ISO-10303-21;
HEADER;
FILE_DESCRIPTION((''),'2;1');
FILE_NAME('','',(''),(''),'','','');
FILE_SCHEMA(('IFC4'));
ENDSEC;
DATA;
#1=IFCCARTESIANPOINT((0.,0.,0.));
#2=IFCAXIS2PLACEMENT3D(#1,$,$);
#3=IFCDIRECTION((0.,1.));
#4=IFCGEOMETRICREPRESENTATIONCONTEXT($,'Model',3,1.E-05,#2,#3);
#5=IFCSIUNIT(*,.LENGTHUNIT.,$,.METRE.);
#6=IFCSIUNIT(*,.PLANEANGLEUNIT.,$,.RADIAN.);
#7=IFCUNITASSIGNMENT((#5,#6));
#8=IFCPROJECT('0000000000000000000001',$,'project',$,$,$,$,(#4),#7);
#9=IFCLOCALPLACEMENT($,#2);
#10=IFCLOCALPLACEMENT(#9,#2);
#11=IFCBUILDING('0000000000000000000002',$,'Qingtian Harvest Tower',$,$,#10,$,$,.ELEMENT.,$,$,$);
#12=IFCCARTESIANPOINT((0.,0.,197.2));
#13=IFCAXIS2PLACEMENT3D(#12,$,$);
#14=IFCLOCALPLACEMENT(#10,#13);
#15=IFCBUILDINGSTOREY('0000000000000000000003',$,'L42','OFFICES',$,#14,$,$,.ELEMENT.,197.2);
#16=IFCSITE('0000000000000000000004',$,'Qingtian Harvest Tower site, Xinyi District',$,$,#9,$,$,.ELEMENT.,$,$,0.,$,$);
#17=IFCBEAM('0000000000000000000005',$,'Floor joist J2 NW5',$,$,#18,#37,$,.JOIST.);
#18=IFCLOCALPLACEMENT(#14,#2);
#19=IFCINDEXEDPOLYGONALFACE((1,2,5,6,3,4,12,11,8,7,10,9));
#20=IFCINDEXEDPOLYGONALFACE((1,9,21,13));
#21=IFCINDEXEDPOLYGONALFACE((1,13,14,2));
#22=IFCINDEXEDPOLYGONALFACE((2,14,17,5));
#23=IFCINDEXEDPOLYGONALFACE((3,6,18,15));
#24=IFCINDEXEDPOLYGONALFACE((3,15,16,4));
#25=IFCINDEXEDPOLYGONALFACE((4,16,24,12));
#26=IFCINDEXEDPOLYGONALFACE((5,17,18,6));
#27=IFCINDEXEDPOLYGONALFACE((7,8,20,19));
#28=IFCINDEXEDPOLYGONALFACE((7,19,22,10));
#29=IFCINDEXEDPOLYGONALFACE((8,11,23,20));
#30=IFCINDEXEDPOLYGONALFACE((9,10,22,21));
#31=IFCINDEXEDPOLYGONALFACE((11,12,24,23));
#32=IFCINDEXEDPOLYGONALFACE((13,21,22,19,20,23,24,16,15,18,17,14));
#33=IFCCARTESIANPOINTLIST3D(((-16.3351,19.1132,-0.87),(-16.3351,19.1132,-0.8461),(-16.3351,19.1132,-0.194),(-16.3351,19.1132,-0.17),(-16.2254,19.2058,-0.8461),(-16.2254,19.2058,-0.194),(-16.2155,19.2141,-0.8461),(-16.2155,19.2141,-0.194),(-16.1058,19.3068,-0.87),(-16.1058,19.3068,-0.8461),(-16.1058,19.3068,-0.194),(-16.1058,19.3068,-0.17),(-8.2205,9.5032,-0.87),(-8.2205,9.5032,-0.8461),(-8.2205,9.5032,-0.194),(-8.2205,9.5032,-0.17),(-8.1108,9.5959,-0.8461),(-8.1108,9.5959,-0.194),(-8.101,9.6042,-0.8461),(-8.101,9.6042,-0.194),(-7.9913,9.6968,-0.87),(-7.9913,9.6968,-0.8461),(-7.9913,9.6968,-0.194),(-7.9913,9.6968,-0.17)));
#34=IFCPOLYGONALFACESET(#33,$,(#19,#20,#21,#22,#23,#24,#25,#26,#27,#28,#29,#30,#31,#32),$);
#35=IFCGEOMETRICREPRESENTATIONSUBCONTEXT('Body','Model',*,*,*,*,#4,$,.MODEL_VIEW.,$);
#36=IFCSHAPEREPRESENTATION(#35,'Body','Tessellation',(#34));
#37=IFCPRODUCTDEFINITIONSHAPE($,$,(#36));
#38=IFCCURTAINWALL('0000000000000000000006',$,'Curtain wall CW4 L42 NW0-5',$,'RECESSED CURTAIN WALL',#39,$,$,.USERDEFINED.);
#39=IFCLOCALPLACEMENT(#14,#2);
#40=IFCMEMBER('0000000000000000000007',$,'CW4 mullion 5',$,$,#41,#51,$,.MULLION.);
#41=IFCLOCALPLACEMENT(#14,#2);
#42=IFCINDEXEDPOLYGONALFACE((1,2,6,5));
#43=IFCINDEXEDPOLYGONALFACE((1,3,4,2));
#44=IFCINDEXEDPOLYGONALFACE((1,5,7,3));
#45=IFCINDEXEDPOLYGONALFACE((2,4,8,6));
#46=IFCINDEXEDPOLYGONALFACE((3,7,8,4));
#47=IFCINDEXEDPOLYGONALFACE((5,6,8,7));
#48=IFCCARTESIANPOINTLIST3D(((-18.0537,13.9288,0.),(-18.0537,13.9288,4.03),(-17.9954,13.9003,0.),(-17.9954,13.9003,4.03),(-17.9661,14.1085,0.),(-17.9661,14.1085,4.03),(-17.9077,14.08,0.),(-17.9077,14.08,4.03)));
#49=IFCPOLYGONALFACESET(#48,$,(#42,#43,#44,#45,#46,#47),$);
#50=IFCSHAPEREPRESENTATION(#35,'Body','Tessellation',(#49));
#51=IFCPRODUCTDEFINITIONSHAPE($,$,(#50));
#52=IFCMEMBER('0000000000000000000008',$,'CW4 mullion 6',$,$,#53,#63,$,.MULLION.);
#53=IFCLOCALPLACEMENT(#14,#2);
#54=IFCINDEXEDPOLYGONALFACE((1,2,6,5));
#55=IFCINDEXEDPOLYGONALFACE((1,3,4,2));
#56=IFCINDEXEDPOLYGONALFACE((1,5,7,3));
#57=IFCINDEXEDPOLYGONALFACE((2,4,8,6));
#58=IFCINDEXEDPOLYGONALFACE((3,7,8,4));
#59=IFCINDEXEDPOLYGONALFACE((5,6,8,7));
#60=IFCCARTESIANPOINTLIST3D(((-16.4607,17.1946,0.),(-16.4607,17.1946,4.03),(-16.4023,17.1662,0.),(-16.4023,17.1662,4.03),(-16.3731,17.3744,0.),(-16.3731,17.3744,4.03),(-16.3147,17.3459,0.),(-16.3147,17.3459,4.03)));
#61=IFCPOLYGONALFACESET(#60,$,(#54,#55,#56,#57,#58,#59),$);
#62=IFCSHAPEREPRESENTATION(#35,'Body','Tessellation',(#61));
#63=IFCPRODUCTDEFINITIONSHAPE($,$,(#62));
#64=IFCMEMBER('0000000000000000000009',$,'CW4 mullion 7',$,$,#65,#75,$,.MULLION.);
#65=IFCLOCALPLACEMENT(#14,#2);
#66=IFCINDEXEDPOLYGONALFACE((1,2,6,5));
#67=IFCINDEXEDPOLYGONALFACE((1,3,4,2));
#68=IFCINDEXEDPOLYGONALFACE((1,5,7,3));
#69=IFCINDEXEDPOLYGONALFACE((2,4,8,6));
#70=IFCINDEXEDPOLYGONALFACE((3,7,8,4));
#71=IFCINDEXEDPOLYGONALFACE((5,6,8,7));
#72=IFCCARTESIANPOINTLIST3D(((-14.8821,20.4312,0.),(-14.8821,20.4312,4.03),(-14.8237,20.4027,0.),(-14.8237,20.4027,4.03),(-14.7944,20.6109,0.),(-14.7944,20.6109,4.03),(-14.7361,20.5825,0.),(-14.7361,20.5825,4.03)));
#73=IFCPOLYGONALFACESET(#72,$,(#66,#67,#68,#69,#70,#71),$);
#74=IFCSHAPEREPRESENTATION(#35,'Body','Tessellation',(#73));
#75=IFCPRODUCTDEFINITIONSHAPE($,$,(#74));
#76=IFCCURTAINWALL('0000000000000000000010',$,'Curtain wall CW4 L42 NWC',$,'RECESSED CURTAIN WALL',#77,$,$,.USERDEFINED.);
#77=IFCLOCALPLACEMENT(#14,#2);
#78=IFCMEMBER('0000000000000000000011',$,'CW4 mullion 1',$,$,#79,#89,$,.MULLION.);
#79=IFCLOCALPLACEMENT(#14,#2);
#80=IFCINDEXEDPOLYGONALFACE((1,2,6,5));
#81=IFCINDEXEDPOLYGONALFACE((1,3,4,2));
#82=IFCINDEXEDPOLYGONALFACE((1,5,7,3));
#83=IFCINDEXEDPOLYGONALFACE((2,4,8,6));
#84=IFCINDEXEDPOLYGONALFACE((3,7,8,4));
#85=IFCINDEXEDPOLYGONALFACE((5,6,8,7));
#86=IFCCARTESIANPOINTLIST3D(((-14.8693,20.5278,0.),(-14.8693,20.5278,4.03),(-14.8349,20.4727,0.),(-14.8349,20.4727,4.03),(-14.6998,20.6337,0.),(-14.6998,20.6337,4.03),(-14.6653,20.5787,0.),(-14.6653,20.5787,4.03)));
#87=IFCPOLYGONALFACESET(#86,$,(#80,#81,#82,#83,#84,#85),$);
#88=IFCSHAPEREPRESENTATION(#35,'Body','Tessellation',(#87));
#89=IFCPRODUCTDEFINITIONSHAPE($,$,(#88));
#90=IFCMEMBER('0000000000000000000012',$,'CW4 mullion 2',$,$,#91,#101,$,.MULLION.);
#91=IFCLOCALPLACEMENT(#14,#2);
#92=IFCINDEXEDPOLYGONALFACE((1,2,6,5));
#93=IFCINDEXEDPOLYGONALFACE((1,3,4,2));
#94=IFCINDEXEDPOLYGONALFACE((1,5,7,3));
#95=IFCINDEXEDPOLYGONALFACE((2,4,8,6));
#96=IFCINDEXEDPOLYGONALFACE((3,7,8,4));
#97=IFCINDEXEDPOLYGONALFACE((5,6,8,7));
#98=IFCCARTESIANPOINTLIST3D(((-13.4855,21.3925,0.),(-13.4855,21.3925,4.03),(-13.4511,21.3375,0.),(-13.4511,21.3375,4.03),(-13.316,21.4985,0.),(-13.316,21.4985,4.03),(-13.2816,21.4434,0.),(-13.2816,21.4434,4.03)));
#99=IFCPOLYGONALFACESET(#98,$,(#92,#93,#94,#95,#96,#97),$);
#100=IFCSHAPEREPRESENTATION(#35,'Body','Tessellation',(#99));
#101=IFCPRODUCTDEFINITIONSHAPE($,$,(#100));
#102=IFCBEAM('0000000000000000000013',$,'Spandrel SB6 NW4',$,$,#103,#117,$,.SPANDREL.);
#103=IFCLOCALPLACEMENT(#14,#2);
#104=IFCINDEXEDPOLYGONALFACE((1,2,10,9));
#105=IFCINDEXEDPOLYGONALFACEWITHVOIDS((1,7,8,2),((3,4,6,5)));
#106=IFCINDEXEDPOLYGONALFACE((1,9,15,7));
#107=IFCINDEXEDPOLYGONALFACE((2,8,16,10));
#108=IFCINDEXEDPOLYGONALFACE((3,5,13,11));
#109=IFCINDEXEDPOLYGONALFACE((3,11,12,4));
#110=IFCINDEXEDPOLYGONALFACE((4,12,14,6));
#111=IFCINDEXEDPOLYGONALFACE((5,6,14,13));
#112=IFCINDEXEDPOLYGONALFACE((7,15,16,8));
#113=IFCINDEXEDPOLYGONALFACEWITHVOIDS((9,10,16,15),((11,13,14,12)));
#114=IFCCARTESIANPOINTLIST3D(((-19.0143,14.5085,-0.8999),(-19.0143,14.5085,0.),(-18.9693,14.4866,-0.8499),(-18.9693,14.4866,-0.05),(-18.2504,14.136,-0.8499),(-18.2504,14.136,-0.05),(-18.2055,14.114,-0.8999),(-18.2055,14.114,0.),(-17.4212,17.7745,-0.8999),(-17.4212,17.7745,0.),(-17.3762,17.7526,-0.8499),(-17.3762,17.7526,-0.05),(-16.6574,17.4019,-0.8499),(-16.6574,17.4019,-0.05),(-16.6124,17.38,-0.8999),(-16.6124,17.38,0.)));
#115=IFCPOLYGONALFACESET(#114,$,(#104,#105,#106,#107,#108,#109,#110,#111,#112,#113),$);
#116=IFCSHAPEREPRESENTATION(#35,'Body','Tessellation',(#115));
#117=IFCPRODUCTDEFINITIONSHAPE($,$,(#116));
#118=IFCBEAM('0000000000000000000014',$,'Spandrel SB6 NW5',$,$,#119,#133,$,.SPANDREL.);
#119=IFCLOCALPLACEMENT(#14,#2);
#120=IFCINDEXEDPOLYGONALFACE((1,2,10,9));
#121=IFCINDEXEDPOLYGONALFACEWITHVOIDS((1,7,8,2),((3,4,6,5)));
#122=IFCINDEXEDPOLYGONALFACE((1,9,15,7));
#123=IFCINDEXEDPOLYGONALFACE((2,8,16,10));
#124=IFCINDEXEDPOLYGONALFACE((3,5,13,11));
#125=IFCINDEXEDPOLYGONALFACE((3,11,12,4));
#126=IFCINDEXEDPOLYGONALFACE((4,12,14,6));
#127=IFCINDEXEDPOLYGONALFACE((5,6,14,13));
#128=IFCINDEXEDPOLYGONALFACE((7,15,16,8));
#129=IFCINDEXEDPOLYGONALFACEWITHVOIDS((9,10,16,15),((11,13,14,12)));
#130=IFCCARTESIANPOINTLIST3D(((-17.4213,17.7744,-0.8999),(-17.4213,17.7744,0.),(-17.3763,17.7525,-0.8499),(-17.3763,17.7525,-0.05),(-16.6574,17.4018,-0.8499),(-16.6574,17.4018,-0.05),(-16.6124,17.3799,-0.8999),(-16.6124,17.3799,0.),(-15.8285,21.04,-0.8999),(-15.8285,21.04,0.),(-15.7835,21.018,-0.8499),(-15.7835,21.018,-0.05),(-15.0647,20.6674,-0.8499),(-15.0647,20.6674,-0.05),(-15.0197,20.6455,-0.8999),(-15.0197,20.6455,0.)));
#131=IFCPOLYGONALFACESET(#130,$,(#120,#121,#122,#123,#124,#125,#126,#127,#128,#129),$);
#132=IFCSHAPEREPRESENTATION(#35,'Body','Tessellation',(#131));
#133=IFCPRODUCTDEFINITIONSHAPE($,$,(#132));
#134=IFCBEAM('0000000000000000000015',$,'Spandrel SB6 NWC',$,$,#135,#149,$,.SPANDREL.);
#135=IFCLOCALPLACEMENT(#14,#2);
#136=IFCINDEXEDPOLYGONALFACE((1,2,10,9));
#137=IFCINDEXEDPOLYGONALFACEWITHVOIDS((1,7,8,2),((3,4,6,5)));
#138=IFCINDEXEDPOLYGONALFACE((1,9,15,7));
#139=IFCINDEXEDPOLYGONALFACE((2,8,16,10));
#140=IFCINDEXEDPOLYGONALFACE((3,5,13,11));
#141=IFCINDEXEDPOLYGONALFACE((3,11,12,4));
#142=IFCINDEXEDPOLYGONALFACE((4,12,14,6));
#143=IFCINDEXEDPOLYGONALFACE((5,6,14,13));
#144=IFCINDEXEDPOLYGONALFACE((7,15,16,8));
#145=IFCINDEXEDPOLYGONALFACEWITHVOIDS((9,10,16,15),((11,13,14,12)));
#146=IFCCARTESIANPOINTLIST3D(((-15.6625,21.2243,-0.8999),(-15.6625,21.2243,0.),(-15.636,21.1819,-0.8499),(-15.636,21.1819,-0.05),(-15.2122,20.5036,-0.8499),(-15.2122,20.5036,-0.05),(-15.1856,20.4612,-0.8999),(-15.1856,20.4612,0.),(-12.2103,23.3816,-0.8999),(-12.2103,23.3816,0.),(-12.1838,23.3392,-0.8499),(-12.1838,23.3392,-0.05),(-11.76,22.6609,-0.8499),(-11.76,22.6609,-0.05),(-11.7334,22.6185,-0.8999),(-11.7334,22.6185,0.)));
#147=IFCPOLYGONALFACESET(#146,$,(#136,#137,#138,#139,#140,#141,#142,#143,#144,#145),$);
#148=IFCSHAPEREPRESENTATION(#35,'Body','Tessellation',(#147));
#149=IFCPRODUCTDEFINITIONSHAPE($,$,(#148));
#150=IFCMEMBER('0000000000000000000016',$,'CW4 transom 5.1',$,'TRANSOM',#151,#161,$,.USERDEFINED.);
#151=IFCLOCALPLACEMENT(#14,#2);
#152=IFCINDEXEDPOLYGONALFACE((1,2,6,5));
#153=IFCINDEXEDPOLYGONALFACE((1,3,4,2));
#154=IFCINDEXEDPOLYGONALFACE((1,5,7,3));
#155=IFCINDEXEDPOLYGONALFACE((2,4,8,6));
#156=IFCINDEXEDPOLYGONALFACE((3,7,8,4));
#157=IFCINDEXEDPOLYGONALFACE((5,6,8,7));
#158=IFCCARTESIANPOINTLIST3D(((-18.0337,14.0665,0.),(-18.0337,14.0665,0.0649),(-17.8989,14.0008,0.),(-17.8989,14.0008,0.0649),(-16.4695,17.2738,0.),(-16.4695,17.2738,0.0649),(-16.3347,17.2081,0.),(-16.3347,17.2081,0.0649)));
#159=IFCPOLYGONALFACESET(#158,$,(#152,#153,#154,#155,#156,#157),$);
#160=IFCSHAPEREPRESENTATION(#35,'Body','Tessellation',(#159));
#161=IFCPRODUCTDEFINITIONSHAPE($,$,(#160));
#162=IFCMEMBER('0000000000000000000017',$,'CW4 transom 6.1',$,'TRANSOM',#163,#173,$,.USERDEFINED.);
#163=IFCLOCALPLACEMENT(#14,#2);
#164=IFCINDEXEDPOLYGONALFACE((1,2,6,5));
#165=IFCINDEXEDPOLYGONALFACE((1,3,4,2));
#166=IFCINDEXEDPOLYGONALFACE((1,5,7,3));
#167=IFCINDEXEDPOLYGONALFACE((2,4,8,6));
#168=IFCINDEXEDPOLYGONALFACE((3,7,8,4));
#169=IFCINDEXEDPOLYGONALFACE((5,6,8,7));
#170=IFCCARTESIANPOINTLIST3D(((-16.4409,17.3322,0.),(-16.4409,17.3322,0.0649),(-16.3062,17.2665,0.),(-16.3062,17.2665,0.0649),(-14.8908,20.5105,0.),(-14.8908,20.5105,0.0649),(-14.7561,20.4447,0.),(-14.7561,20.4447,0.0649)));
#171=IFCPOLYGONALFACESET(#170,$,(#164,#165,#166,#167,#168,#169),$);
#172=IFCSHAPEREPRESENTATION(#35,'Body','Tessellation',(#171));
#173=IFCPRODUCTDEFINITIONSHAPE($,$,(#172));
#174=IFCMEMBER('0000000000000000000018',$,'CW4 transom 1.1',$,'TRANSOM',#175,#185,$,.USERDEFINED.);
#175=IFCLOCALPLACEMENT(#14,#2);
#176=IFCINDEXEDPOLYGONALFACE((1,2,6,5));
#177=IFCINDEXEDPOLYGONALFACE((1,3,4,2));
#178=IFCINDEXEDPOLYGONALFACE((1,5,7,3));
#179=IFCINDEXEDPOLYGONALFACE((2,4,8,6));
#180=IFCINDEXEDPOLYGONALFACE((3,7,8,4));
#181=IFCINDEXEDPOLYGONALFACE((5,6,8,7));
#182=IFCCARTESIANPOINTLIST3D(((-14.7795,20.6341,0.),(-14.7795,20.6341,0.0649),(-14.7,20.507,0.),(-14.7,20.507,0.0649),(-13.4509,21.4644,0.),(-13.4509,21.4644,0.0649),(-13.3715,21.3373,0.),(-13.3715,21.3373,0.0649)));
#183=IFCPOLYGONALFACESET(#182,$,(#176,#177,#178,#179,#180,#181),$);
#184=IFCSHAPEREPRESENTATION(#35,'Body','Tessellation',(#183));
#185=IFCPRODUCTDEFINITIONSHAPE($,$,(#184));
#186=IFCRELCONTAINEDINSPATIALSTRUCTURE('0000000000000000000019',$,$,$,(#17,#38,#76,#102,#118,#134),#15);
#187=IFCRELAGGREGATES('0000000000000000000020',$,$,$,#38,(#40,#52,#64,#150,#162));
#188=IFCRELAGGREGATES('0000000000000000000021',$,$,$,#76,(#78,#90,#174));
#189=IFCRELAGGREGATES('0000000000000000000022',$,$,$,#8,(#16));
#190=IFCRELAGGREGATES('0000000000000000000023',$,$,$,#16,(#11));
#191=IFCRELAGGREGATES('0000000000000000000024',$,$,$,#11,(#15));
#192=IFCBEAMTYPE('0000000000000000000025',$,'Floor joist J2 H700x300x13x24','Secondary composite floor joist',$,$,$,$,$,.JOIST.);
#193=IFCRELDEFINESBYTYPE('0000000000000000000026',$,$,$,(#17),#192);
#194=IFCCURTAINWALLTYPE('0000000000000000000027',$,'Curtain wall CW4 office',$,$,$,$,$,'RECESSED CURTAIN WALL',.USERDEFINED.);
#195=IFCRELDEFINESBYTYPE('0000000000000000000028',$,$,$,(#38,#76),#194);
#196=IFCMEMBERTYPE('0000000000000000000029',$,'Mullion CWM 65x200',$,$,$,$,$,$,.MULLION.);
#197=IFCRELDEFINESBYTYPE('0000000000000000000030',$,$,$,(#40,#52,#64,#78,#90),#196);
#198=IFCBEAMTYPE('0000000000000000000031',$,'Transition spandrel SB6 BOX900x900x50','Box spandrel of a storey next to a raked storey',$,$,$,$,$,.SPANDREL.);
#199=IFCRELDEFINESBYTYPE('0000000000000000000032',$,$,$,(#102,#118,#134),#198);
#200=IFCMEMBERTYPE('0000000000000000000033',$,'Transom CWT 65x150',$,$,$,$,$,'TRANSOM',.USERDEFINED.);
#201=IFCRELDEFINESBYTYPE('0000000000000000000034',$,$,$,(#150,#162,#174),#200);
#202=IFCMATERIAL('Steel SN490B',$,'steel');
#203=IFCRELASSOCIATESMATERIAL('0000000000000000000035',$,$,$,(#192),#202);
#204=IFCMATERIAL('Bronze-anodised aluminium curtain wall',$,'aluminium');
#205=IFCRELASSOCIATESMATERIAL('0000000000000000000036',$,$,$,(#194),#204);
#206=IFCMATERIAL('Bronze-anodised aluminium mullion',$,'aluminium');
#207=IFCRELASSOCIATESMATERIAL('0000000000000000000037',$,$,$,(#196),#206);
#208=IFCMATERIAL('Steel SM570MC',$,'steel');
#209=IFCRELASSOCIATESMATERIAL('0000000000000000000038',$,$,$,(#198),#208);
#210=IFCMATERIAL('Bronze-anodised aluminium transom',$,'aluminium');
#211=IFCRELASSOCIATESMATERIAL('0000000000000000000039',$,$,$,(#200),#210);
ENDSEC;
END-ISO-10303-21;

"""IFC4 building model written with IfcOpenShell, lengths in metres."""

from ifc_helpers import new_model, si_unit, direction, frame, origin, origin_2d, place, context, subcontext, project, spatial, rectangle, hollow_rectangle, i_section, extrude, material, material_profile, profile_set, type_object, element, aggregate, save


model = new_model("IFC4")

# Units and contexts
model_context = context("Model", 3, precision=1e-05, world=origin(), true_north=direction((0.0, 1.0)))
body_context = subcontext(model_context, "Body", "Model", "MODEL_VIEW")
ifc_project = project(units=[si_unit("LENGTHUNIT", "METRE"), si_unit("PLANEANGLEUNIT", "RADIAN")], contexts=[model_context])

# Site, building, storey
site_placement = place(None, origin())
site = spatial("IfcSite", under=ifc_project, at=site_placement, Name="Qingtian Harvest Tower site, Xinyi District", CompositionType="ELEMENT", RefElevation=0.0)
building_placement = place(site_placement, origin())
building = spatial("IfcBuilding", under=site, at=building_placement, Name="Qingtian Harvest Tower", CompositionType="ELEMENT")
storey_placement = place(building_placement, frame((0.0, 0.0, 197.2)))
storey = spatial("IfcBuildingStorey", under=building, at=storey_placement, Name="L42", Description="OFFICES", CompositionType="ELEMENT", Elevation=197.2)

# Beam
ifc_material_1 = material(Name="Steel SN490B", Category="steel")
ifc_material_profile_1 = material_profile(ifc_material_1, i_section(OverallWidth=0.3, OverallDepth=0.7, WebThickness=0.0129, FlangeThickness=0.0239, at=origin_2d()), Name="H700x300x13x24")
ifc_profile_set_1 = profile_set([ifc_material_profile_1], Name="Steel SN490B")
beam_type_1 = type_object("IfcBeamType", Name="Floor joist J2 H700x300x13x24", Description="Secondary composite floor joist", PredefinedType="JOIST", material=ifc_profile_set_1)
beam_1_placement = place(storey_placement, frame((-16.2205, 19.21, -0.52), z_axis=(0.645158, -0.764049, 0.0), x_axis=(0.764049, 0.645158, 0.0)))
element("IfcBeam", 1, at=beam_1_placement, inside=storey, type_object=beam_type_1, Name="Floor joist J2 NW5", PredefinedType="JOIST", context=body_context, shape_type="SweptSolid", body=[
    extrude(i_section(OverallWidth=0.3, OverallDepth=0.7, WebThickness=0.0129, FlangeThickness=0.0239, at=origin_2d()), origin(), (0.0, 0.0, 1.0), 12.5776),
])

# Curtain walls, members
ifc_material_2 = material(Name="Bronze-anodised aluminium curtain wall", Category="aluminium")
curtain_wall_type = type_object("IfcCurtainWallType", Name="Curtain wall CW4 office", ElementType="RECESSED CURTAIN WALL", PredefinedType="USERDEFINED", material=ifc_material_2)
curtain_wall_1_placement = place(storey_placement, origin())
curtain_wall_1 = element("IfcCurtainWall", 2, at=curtain_wall_1_placement, inside=storey, type_object=curtain_wall_type, Name="Curtain wall CW4 L42 NW0-5", ObjectType="RECESSED CURTAIN WALL", PredefinedType="USERDEFINED")
ifc_material_3 = material(Name="Bronze-anodised aluminium mullion", Category="aluminium")
ifc_material_profile_2 = material_profile(ifc_material_3, rectangle(XDim=0.0649, YDim=0.2, at=origin_2d()), Name="AL 65x200")
ifc_profile_set_2 = profile_set([ifc_material_profile_2], Name="Bronze-anodised aluminium mullion")
member_type_1 = type_object("IfcMemberType", Name="Mullion CWM 65x200", PredefinedType="MULLION", material=ifc_profile_set_2)
member_1_placement = place(storey_placement, frame((-17.9807, 14.0044, 0.0), z_axis=(0.0, 0.0, 1.0), x_axis=(-0.898794, 0.438371, 0.0)))
member_1 = element("IfcMember", 3, at=member_1_placement, type_object=member_type_1, Name="CW4 mullion 5", PredefinedType="MULLION", context=body_context, shape_type="SweptSolid", body=[
    extrude(rectangle(XDim=0.0649, YDim=0.2, at=origin_2d()), origin(), (0.0, 0.0, 1.0), 4.03),
])
member_2_placement = place(storey_placement, frame((-16.3877, 17.2703, 0.0), z_axis=(0.0, 0.0, 1.0), x_axis=(-0.898794, 0.438371, 0.0)))
member_2 = element("IfcMember", 4, at=member_2_placement, type_object=member_type_1, Name="CW4 mullion 6", PredefinedType="MULLION", context=body_context, shape_type="SweptSolid", body=[
    extrude(rectangle(XDim=0.0649, YDim=0.2, at=origin_2d()), origin(), (0.0, 0.0, 1.0), 4.03),
])
member_3_placement = place(storey_placement, frame((-14.8091, 20.5068, 0.0), z_axis=(0.0, 0.0, 1.0), x_axis=(-0.898794, 0.438371, 0.0)))
member_3 = element("IfcMember", 5, at=member_3_placement, type_object=member_type_1, Name="CW4 mullion 7", PredefinedType="MULLION", context=body_context, shape_type="SweptSolid", body=[
    extrude(rectangle(XDim=0.0649, YDim=0.2, at=origin_2d()), origin(), (0.0, 0.0, 1.0), 4.03),
])
curtain_wall_2_placement = place(storey_placement, origin())
curtain_wall_2 = element("IfcCurtainWall", 6, at=curtain_wall_2_placement, inside=storey, type_object=curtain_wall_type, Name="Curtain wall CW4 L42 NWC", ObjectType="RECESSED CURTAIN WALL", PredefinedType="USERDEFINED")
member_4_placement = place(storey_placement, frame((-14.7673, 20.5532, 0.0), z_axis=(0.0, 0.0, 1.0), x_axis=(-0.529919, 0.848048, 0.0)))
member_4 = element("IfcMember", 7, at=member_4_placement, type_object=member_type_1, Name="CW4 mullion 1", PredefinedType="MULLION", context=body_context, shape_type="SweptSolid", body=[
    extrude(rectangle(XDim=0.0649, YDim=0.2, at=origin_2d()), origin(), (0.0, 0.0, 1.0), 4.03),
])
member_5_placement = place(storey_placement, frame((-13.3835, 21.418, 0.0), z_axis=(0.0, 0.0, 1.0), x_axis=(-0.529919, 0.848048, 0.0)))
member_5 = element("IfcMember", 8, at=member_5_placement, type_object=member_type_1, Name="CW4 mullion 2", PredefinedType="MULLION", context=body_context, shape_type="SweptSolid", body=[
    extrude(rectangle(XDim=0.0649, YDim=0.2, at=origin_2d()), origin(), (0.0, 0.0, 1.0), 4.03),
])

# Beams
ifc_material_4 = material(Name="Steel SM570MC", Category="steel")
ifc_material_profile_3 = material_profile(ifc_material_4, hollow_rectangle(XDim=0.8999, YDim=0.8999, WallThickness=0.05, at=origin_2d()), Name="BOX900x900x50")
ifc_profile_set_3 = profile_set([ifc_material_profile_3], Name="Steel SM570MC")
beam_type_2 = type_object("IfcBeamType", Name="Transition spandrel SB6 BOX900x900x50", Description="Box spandrel of a storey next to a raked storey", PredefinedType="SPANDREL", material=ifc_profile_set_3)
beam_2_placement = place(storey_placement, frame((-18.6099, 14.3113, -0.45), z_axis=(0.438404, 0.898778, 0.0), x_axis=(-0.898778, 0.438404, 0.0)))
element("IfcBeam", 9, at=beam_2_placement, inside=storey, type_object=beam_type_2, Name="Spandrel SB6 NW4", PredefinedType="SPANDREL", context=body_context, shape_type="SweptSolid", body=[
    extrude(hollow_rectangle(XDim=0.8999, YDim=0.8999, WallThickness=0.05, at=origin_2d()), origin(), (0.0, 0.0, 1.0), 3.6338),
])
beam_3_placement = place(storey_placement, frame((-17.0168, 17.5771, -0.45), z_axis=(0.438376, 0.898792, 0.0), x_axis=(-0.898792, 0.438376, 0.0)))
element("IfcBeam", 10, at=beam_3_placement, inside=storey, type_object=beam_type_2, Name="Spandrel SB6 NW5", PredefinedType="SPANDREL", context=body_context, shape_type="SweptSolid", body=[
    extrude(hollow_rectangle(XDim=0.8999, YDim=0.8999, WallThickness=0.05, at=origin_2d()), origin(), (0.0, 0.0, 1.0), 3.6333),
])
beam_4_placement = place(storey_placement, frame((-15.4241, 20.8428, -0.45), z_axis=(0.848039, 0.529934, 0.0), x_axis=(-0.529934, 0.848039, 0.0)))
element("IfcBeam", 11, at=beam_4_placement, inside=storey, type_object=beam_type_2, Name="Spandrel SB6 NWC", PredefinedType="SPANDREL", context=body_context, shape_type="SweptSolid", body=[
    extrude(hollow_rectangle(XDim=0.8999, YDim=0.8999, WallThickness=0.05, at=origin_2d()), origin(), (0.0, 0.0, 1.0), 4.0708),
])

# Members
ifc_material_5 = material(Name="Bronze-anodised aluminium transom", Category="aluminium")
ifc_material_profile_4 = material_profile(ifc_material_5, rectangle(XDim=0.1499, YDim=0.0649, at=origin_2d()), Name="AL 65x150")
ifc_profile_set_4 = profile_set([ifc_material_profile_4], Name="Bronze-anodised aluminium transom")
member_type_2 = type_object("IfcMemberType", Name="Transom CWT 65x150", ElementType="TRANSOM", PredefinedType="USERDEFINED", material=ifc_profile_set_4)
member_6_placement = place(storey_placement, frame((-17.9663, 14.0337, 0.0325), z_axis=(0.438352, 0.898803, 0.0), x_axis=(-0.898803, 0.438352, 0.0)))
member_6 = element("IfcMember", 12, at=member_6_placement, type_object=member_type_2, Name="CW4 transom 5.1", ObjectType="TRANSOM", PredefinedType="USERDEFINED", context=body_context, shape_type="SweptSolid", body=[
    extrude(rectangle(XDim=0.1499, YDim=0.0649, at=origin_2d()), origin(), (0.0, 0.0, 1.0), 3.5684),
])
member_7_placement = place(storey_placement, frame((-16.3735, 17.2993, 0.0325), z_axis=(0.438354, 0.898802, 0.0), x_axis=(-0.898802, 0.438354, 0.0)))
member_7 = element("IfcMember", 13, at=member_7_placement, type_object=member_type_2, Name="CW4 transom 6.1", ObjectType="TRANSOM", PredefinedType="USERDEFINED", context=body_context, shape_type="SweptSolid", body=[
    extrude(rectangle(XDim=0.1499, YDim=0.0649, at=origin_2d()), origin(), (0.0, 0.0, 1.0), 3.5361),
])
member_8_placement = place(storey_placement, frame((-14.7397, 20.5706, 0.0325), z_axis=(0.848016, 0.529971, 0.0), x_axis=(-0.529971, 0.848016, 0.0)))
member_8 = element("IfcMember", 14, at=member_8_placement, type_object=member_type_2, Name="CW4 transom 1.1", ObjectType="TRANSOM", PredefinedType="USERDEFINED", context=body_context, shape_type="SweptSolid", body=[
    extrude(rectangle(XDim=0.1499, YDim=0.0649, at=origin_2d()), origin(), (0.0, 0.0, 1.0), 1.5667),
])

aggregate(curtain_wall_1, [member_1, member_2, member_3, member_6, member_7])
aggregate(curtain_wall_2, [member_4, member_5, member_8])

save(model, "model.ifc")
